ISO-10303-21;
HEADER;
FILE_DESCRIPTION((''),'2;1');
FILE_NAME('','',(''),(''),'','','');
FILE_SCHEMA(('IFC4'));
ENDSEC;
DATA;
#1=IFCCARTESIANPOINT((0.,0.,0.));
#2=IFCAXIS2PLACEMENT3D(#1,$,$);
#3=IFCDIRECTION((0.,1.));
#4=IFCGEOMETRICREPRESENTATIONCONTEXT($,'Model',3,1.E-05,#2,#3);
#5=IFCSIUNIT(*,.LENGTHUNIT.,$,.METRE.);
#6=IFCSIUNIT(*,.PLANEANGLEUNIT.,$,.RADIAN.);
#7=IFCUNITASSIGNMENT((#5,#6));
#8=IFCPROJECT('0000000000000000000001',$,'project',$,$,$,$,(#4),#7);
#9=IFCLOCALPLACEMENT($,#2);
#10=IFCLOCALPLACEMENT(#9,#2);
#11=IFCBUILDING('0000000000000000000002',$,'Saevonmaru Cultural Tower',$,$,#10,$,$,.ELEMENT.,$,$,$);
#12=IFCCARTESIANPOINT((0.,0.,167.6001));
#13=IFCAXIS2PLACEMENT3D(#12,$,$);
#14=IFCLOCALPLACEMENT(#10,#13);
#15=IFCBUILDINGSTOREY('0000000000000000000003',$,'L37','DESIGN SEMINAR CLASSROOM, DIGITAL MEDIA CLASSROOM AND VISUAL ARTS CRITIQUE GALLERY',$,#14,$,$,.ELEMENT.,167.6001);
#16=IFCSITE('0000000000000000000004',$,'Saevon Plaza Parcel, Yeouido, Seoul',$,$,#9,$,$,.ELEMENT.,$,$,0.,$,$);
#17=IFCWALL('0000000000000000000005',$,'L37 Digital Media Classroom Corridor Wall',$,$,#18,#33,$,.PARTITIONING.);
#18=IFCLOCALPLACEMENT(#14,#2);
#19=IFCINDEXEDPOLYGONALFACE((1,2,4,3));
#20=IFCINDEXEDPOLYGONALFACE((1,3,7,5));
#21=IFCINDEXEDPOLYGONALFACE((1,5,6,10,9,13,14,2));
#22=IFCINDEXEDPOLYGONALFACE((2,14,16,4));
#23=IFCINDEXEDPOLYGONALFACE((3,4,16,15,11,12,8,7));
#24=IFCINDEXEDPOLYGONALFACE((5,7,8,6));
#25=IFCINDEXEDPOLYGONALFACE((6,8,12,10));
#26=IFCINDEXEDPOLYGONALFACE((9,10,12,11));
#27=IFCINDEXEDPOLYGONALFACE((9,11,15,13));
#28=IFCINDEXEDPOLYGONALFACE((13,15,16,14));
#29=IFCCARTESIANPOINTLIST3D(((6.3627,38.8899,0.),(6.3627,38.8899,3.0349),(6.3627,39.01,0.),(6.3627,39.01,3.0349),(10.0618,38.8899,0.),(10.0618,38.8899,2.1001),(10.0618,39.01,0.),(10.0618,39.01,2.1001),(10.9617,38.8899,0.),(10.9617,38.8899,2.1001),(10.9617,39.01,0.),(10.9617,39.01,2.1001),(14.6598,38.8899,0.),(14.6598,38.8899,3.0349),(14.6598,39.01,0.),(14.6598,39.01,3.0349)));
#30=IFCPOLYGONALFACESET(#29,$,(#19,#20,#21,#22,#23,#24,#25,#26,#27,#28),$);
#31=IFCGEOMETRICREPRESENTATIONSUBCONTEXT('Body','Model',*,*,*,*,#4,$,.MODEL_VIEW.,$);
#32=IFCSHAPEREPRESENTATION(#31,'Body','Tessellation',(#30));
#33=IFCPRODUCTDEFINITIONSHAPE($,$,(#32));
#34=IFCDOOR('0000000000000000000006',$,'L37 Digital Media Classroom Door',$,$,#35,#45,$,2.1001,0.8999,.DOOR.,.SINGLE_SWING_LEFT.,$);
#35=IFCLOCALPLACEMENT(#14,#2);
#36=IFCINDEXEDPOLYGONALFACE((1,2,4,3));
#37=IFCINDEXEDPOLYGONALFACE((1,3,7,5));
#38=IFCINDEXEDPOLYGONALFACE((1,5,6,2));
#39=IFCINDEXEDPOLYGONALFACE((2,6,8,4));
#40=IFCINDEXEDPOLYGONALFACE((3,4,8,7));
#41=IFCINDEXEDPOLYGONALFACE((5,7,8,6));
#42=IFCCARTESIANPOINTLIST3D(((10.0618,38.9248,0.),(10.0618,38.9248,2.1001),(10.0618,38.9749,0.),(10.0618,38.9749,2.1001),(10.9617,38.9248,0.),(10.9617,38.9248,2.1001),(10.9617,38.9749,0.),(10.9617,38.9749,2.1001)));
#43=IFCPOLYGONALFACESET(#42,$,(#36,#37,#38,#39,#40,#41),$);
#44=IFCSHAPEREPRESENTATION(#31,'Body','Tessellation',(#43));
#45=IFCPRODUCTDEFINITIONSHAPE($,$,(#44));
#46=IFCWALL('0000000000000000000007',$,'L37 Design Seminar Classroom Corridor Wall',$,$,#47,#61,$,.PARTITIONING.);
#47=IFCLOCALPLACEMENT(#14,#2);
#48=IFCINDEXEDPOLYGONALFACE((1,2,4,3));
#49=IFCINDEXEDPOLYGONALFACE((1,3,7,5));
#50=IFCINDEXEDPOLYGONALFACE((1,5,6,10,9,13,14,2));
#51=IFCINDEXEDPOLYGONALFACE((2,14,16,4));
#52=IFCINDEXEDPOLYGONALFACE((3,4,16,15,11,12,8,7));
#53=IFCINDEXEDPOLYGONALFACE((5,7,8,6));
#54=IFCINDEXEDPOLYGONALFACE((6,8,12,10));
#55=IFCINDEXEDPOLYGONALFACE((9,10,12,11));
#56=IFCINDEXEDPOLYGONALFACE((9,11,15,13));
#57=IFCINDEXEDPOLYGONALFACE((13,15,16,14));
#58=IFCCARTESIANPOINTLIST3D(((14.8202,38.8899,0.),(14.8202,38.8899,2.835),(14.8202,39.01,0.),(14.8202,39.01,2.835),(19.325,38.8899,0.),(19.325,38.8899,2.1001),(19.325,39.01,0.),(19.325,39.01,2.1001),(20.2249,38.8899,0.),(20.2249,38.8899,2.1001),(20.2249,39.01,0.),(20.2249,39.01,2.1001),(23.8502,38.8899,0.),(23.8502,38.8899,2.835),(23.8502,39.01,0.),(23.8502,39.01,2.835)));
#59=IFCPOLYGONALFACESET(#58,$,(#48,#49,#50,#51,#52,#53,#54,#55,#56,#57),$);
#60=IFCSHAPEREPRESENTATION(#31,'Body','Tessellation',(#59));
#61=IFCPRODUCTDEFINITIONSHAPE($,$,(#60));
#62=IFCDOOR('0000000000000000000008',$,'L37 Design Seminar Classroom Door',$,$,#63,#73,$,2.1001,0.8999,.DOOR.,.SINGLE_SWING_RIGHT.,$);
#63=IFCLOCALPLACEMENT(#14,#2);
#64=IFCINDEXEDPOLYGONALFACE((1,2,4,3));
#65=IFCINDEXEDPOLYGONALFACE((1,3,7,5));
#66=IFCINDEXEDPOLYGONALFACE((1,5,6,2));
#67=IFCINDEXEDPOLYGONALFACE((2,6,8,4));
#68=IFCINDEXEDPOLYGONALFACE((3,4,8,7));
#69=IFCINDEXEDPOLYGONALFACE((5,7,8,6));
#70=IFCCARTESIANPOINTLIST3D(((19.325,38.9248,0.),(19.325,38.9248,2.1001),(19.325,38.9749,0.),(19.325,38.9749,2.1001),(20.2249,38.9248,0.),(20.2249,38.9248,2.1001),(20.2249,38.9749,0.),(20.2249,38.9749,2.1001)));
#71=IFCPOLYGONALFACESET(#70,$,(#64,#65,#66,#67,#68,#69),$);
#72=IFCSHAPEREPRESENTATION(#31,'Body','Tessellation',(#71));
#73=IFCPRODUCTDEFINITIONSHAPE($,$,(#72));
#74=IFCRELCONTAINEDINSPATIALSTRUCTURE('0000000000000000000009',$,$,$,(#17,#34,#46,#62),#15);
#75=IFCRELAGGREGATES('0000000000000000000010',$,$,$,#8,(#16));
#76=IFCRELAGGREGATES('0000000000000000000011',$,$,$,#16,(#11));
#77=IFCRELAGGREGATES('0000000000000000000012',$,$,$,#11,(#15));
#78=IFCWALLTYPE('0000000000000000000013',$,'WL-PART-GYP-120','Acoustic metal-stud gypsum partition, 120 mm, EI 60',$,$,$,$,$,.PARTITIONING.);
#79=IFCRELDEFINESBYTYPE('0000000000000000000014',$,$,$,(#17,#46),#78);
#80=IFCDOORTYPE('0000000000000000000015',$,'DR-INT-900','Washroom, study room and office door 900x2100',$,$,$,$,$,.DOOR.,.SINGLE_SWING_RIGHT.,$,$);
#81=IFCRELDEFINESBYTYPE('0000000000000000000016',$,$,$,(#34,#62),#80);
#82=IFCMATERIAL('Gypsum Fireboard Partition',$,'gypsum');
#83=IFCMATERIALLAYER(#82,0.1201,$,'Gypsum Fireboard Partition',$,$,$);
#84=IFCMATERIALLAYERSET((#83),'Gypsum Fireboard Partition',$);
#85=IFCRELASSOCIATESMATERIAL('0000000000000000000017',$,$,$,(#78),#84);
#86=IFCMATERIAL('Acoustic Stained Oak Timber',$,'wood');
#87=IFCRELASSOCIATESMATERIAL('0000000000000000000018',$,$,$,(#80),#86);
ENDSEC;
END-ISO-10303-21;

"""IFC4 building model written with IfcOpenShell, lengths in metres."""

from ifc_helpers import new_model, si_unit, direction, frame, frame_2d, origin, place, context, subcontext, project, spatial, rectangle, extrude, material, layer, layer_set, type_object, element, fill, save


model = new_model("IFC4")

# Units and contexts
model_context = context("Model", 3, precision=1e-05, world=origin(), true_north=direction((0.0, 1.0)))
body_context = subcontext(model_context, "Body", "Model", "MODEL_VIEW")
ifc_project = project(units=[si_unit("LENGTHUNIT", "METRE"), si_unit("PLANEANGLEUNIT", "RADIAN")], contexts=[model_context])

# Site, building, storey
site_placement = place(None, origin())
site = spatial("IfcSite", under=ifc_project, at=site_placement, Name="Saevon Plaza Parcel, Yeouido, Seoul", CompositionType="ELEMENT", RefElevation=0.0)
building_placement = place(site_placement, origin())
building = spatial("IfcBuilding", under=site, at=building_placement, Name="Saevonmaru Cultural Tower", CompositionType="ELEMENT")
storey_placement = place(building_placement, frame((0.0, 0.0, 167.6001)))
storey = spatial("IfcBuildingStorey", under=building, at=storey_placement, Name="L37", Description="DESIGN SEMINAR CLASSROOM, DIGITAL MEDIA CLASSROOM AND VISUAL ARTS CRITIQUE GALLERY", CompositionType="ELEMENT", Elevation=167.6001)

# Shared definitions
ifc_material_1 = material(Name="Gypsum Fireboard Partition", Category="gypsum")
ifc_layer_1 = layer(ifc_material_1, 0.1201, Name="Gypsum Fireboard Partition")
ifc_layer_set_1 = layer_set([ifc_layer_1], Name="Gypsum Fireboard Partition")
wall_type_1 = type_object("IfcWallType", Name="WL-PART-GYP-120", Description="Acoustic metal-stud gypsum partition, 120 mm, EI 60", PredefinedType="PARTITIONING", material=ifc_layer_set_1)

# Walls, openings, doors
ifc_material_2 = material(Name="Acoustic Stained Oak Timber", Category="wood")
door_type = type_object("IfcDoorType", Name="DR-INT-900", Description="Washroom, study room and office door 900x2100", OperationType="SINGLE_SWING_RIGHT", PredefinedType="DOOR", material=ifc_material_2)
wall_1_placement = place(storey_placement, frame((6.3628, 38.95, 0.0), z_axis=(0.0, 0.0, 1.0), x_axis=(1.0, 0.0, 0.0)))
wall_1 = element("IfcWall", 1, at=wall_1_placement, inside=storey, type_object=wall_type_1, Name="L37 Digital Media Classroom Corridor Wall", PredefinedType="PARTITIONING", context=body_context, shape_type="SweptSolid", body=[
    extrude(rectangle(XDim=8.2971, YDim=0.1201, at=frame_2d((4.1484, 0.0))), origin(), (0.0, 0.0, 1.0), 3.0349),
])
opening_1_placement = place(wall_1_placement, frame((3.699, 0.0, 0.0)))
opening_1 = element("IfcOpeningElement", 2, at=opening_1_placement, cuts=wall_1, PredefinedType="OPENING", context=body_context, shape_type="SweptSolid", body=[
    extrude(rectangle(XDim=0.8999, YDim=2.1001, at=frame_2d((0.45, 1.05))), frame((0.0, 0.0701, 0.0), z_axis=(0.0, -1.0, 0.0), x_axis=(1.0, 0.0, 0.0)), (0.0, 0.0, 1.0), 0.1401),
])
door_1_placement = place(opening_1_placement, origin())
door_1 = element("IfcDoor", 3, at=door_1_placement, inside=storey, type_object=door_type, Name="L37 Digital Media Classroom Door", OperationType="SINGLE_SWING_LEFT", OverallHeight=2.1001, OverallWidth=0.8999, PredefinedType="DOOR", context=body_context, shape_type="SweptSolid", body=[
    extrude(rectangle(XDim=0.8999, YDim=2.1001, at=frame_2d((0.45, 1.05))), frame((0.0, 0.0249, 0.0), z_axis=(0.0, -1.0, 0.0), x_axis=(1.0, 0.0, 0.0)), (0.0, 0.0, 1.0), 0.05),
])
fill(opening_1, door_1)
wall_2_placement = place(storey_placement, frame((14.8201, 38.95, 0.0), z_axis=(0.0, 0.0, 1.0), x_axis=(1.0, 0.0, 0.0)))
wall_2 = element("IfcWall", 4, at=wall_2_placement, inside=storey, type_object=wall_type_1, Name="L37 Design Seminar Classroom Corridor Wall", PredefinedType="PARTITIONING", context=body_context, shape_type="SweptSolid", body=[
    extrude(rectangle(XDim=9.03, YDim=0.1201, at=frame_2d((4.5151, 0.0))), origin(), (0.0, 0.0, 1.0), 2.835),
])
opening_2_placement = place(wall_2_placement, frame((4.5049, 0.0, 0.0)))
opening_2 = element("IfcOpeningElement", 5, at=opening_2_placement, cuts=wall_2, PredefinedType="OPENING", context=body_context, shape_type="SweptSolid", body=[
    extrude(rectangle(XDim=0.8999, YDim=2.1001, at=frame_2d((0.45, 1.05))), frame((0.0, 0.0701, 0.0), z_axis=(0.0, -1.0, 0.0), x_axis=(1.0, 0.0, 0.0)), (0.0, 0.0, 1.0), 0.1401),
])
door_2_placement = place(opening_2_placement, origin())
door_2 = element("IfcDoor", 6, at=door_2_placement, inside=storey, type_object=door_type, Name="L37 Design Seminar Classroom Door", OperationType="SINGLE_SWING_RIGHT", OverallHeight=2.1001, OverallWidth=0.8999, PredefinedType="DOOR", context=body_context, shape_type="SweptSolid", body=[
    extrude(rectangle(XDim=0.8999, YDim=2.1001, at=frame_2d((0.45, 1.05))), frame((0.0, 0.0249, 0.0), z_axis=(0.0, -1.0, 0.0), x_axis=(1.0, 0.0, 0.0)), (0.0, 0.0, 1.0), 0.05),
])
fill(opening_2, door_2)

save(model, "model.ifc")
